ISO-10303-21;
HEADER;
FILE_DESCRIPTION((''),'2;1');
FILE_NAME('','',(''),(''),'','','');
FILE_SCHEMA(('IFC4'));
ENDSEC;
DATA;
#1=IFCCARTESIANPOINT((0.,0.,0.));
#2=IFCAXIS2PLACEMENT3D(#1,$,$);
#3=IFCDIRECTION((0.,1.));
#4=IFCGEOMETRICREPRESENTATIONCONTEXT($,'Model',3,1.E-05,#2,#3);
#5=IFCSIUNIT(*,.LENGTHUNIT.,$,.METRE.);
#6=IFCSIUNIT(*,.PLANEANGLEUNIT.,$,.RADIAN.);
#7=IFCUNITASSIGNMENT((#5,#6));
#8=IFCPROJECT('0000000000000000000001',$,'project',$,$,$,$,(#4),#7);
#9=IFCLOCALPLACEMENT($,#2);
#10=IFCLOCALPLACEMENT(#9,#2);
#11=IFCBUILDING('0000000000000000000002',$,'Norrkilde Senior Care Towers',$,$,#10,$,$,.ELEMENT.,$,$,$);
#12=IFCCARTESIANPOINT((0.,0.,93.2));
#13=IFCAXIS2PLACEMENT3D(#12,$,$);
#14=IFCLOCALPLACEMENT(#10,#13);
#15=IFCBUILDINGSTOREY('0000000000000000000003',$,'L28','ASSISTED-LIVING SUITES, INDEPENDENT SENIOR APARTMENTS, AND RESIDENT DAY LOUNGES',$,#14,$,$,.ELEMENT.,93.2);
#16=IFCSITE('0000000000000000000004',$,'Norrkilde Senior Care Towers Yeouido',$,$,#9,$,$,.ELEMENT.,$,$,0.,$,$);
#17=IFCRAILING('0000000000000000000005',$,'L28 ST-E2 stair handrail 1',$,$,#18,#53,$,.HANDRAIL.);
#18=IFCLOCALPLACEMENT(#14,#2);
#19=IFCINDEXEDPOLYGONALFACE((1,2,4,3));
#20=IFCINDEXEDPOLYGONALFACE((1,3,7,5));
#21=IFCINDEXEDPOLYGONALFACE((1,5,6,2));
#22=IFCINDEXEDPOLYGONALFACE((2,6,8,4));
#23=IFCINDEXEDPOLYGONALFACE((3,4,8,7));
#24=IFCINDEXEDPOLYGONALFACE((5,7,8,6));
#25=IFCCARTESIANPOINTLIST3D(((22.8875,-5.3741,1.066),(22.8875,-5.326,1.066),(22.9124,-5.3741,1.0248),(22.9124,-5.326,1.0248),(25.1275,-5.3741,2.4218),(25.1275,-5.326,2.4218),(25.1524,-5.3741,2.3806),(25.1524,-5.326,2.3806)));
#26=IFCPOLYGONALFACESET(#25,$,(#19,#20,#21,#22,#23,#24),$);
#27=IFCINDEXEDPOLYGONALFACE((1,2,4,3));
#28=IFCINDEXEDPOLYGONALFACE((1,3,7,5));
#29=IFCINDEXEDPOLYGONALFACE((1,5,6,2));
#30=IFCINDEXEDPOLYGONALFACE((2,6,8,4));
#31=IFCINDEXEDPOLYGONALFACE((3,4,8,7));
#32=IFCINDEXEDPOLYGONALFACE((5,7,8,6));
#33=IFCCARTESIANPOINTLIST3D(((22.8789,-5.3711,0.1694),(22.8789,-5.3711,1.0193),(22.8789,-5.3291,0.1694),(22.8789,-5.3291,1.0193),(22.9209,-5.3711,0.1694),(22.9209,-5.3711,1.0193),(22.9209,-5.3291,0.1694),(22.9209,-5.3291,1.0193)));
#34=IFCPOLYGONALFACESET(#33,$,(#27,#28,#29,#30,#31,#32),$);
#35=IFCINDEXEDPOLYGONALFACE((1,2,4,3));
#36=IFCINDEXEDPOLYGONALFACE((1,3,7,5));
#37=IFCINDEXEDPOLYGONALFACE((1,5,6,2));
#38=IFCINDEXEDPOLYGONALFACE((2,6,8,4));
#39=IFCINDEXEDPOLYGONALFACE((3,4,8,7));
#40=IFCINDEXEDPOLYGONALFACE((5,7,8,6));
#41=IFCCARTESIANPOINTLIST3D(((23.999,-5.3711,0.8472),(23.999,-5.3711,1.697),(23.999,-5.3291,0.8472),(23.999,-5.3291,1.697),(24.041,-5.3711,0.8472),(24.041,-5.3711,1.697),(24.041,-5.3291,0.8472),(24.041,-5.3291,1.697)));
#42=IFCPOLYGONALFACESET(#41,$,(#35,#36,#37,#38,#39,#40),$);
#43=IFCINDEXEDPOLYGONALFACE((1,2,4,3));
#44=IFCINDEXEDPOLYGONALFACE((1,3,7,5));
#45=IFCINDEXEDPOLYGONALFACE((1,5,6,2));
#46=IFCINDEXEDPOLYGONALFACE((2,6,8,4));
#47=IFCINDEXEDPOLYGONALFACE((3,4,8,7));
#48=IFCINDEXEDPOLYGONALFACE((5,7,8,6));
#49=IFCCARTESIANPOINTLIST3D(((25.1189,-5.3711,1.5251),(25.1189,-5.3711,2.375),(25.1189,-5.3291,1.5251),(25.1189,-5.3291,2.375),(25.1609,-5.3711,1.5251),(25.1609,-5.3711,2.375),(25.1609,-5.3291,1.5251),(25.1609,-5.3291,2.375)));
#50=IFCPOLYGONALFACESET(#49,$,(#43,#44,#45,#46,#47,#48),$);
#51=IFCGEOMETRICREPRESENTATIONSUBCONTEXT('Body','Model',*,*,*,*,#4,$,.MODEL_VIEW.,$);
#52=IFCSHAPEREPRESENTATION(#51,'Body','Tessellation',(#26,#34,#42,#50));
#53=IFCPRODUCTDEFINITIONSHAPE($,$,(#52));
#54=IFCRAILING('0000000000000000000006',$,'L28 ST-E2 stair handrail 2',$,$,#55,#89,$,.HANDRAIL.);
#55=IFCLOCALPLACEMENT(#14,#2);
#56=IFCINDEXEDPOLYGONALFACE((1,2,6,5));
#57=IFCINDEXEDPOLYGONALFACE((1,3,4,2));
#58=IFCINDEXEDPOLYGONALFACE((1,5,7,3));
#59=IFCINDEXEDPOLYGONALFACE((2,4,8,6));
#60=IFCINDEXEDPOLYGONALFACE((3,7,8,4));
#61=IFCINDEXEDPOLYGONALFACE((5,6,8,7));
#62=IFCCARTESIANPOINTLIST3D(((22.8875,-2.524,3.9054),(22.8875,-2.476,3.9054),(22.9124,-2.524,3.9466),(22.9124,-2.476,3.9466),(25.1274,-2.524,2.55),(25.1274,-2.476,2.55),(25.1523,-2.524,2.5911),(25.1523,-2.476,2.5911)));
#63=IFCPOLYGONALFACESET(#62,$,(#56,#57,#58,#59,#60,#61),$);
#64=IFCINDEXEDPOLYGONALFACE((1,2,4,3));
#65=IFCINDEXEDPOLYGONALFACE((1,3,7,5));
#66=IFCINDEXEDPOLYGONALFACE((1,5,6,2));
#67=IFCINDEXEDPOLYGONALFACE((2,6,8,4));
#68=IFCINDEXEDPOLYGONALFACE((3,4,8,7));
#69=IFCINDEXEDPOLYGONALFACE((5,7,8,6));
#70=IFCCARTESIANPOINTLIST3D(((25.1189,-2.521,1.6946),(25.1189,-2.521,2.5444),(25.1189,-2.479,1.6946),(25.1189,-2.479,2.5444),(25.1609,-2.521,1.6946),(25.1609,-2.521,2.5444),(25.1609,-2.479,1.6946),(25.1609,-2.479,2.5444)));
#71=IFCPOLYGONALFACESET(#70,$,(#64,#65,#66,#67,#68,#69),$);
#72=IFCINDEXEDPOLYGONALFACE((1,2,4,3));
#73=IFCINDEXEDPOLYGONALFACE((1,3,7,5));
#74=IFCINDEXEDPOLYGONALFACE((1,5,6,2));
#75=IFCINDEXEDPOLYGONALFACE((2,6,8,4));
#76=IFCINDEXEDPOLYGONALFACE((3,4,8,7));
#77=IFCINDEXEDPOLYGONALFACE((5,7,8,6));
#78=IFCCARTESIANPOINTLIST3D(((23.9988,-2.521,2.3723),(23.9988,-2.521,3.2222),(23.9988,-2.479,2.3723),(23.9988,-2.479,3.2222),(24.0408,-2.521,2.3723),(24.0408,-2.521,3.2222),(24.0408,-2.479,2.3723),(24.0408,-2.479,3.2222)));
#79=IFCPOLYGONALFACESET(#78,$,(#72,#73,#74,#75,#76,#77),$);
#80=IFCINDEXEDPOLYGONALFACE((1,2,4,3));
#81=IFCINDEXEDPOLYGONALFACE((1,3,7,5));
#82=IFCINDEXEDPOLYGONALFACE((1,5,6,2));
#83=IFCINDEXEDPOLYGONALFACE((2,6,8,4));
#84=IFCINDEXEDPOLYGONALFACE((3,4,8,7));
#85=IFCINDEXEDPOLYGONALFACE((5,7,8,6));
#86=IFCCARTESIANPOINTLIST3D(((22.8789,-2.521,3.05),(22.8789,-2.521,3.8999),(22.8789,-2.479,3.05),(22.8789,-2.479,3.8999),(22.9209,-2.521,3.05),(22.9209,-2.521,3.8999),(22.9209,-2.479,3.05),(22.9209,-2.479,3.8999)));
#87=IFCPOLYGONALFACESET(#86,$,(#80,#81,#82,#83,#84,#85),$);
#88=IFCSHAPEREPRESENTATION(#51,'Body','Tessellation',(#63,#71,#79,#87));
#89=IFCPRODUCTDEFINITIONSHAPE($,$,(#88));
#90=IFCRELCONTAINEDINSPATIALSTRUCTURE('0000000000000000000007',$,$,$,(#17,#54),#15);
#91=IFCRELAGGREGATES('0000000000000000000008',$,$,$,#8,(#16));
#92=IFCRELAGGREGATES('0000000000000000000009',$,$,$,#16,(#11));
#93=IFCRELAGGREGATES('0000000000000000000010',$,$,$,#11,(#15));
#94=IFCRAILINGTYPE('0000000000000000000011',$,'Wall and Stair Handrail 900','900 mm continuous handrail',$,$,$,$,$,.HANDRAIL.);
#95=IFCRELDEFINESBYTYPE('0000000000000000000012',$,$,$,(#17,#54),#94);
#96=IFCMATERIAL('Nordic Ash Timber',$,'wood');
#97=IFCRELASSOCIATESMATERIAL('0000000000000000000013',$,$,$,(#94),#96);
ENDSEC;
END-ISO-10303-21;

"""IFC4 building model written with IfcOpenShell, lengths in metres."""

from ifc_helpers import new_model, si_unit, direction, frame, origin, origin_2d, place, context, subcontext, project, spatial, rectangle, extrude, material, type_object, element, save


model = new_model("IFC4")

# Units and contexts
model_context = context("Model", 3, precision=1e-05, world=origin(), true_north=direction((0.0, 1.0)))
body_context = subcontext(model_context, "Body", "Model", "MODEL_VIEW")
ifc_project = project(units=[si_unit("LENGTHUNIT", "METRE"), si_unit("PLANEANGLEUNIT", "RADIAN")], contexts=[model_context])

# Site, building, storey
site_placement = place(None, origin())
site = spatial("IfcSite", under=ifc_project, at=site_placement, Name="Norrkilde Senior Care Towers Yeouido", CompositionType="ELEMENT", RefElevation=0.0)
building_placement = place(site_placement, origin())
building = spatial("IfcBuilding", under=site, at=building_placement, Name="Norrkilde Senior Care Towers", CompositionType="ELEMENT")
storey_placement = place(building_placement, frame((0.0, 0.0, 93.2)))
storey = spatial("IfcBuildingStorey", under=building, at=storey_placement, Name="L28", Description="ASSISTED-LIVING SUITES, INDEPENDENT SENIOR APARTMENTS, AND RESIDENT DAY LOUNGES", CompositionType="ELEMENT", Elevation=93.2)

# Railings
ifc_material_1 = material(Name="Nordic Ash Timber", Category="wood")
railing_type_1 = type_object("IfcRailingType", Name="Wall and Stair Handrail 900", Description="900 mm continuous handrail", PredefinedType="HANDRAIL", material=ifc_material_1)
railing_1_placement = place(storey_placement, frame((22.8999, -5.3501, 0.1694)))
element("IfcRailing", 1, at=railing_1_placement, inside=storey, type_object=railing_type_1, Name="L28 ST-E2 stair handrail 1", PredefinedType="HANDRAIL", context=body_context, shape_type="SweptSolid", body=[
    extrude(rectangle(XDim=0.0481, YDim=0.0481, at=origin_2d()), frame((0.0, 0.0, 0.876), z_axis=(0.855512, 0.0, 0.517783), x_axis=(0.0, 1.0, 0.0)), (0.0, 0.0, 1.0), 2.6184),
    extrude(rectangle(XDim=0.042, YDim=0.042, at=origin_2d()), origin(), (0.0, 0.0, 1.0), 0.8499),
    extrude(rectangle(XDim=0.042, YDim=0.042, at=origin_2d()), frame((1.1201, 0.0, 0.6777)), (0.0, 0.0, 1.0), 0.8499),
    extrude(rectangle(XDim=0.042, YDim=0.042, at=origin_2d()), frame((2.24, 0.0, 1.3557)), (0.0, 0.0, 1.0), 0.8499),
])
railing_2_placement = place(storey_placement, frame((25.1399, -2.5, 1.6946)))
element("IfcRailing", 2, at=railing_2_placement, inside=storey, type_object=railing_type_1, Name="L28 ST-E2 stair handrail 2", PredefinedType="HANDRAIL", context=body_context, shape_type="SweptSolid", body=[
    extrude(rectangle(XDim=0.0481, YDim=0.0481, at=origin_2d()), frame((0.0, 0.0, 0.876), z_axis=(-0.855553, 0.0, 0.517715), x_axis=(0.0, -1.0, 0.0)), (0.0, 0.0, 1.0), 2.6182),
    extrude(rectangle(XDim=0.042, YDim=0.042, at=origin_2d()), origin(), (0.0, 0.0, 1.0), 0.8499),
    extrude(rectangle(XDim=0.042, YDim=0.042, at=origin_2d()), frame((-1.1201, 0.0, 0.6777)), (0.0, 0.0, 1.0), 0.8499),
    extrude(rectangle(XDim=0.042, YDim=0.042, at=origin_2d()), frame((-2.24, 0.0, 1.3555)), (0.0, 0.0, 1.0), 0.8499),
])

save(model, "model.ifc")
